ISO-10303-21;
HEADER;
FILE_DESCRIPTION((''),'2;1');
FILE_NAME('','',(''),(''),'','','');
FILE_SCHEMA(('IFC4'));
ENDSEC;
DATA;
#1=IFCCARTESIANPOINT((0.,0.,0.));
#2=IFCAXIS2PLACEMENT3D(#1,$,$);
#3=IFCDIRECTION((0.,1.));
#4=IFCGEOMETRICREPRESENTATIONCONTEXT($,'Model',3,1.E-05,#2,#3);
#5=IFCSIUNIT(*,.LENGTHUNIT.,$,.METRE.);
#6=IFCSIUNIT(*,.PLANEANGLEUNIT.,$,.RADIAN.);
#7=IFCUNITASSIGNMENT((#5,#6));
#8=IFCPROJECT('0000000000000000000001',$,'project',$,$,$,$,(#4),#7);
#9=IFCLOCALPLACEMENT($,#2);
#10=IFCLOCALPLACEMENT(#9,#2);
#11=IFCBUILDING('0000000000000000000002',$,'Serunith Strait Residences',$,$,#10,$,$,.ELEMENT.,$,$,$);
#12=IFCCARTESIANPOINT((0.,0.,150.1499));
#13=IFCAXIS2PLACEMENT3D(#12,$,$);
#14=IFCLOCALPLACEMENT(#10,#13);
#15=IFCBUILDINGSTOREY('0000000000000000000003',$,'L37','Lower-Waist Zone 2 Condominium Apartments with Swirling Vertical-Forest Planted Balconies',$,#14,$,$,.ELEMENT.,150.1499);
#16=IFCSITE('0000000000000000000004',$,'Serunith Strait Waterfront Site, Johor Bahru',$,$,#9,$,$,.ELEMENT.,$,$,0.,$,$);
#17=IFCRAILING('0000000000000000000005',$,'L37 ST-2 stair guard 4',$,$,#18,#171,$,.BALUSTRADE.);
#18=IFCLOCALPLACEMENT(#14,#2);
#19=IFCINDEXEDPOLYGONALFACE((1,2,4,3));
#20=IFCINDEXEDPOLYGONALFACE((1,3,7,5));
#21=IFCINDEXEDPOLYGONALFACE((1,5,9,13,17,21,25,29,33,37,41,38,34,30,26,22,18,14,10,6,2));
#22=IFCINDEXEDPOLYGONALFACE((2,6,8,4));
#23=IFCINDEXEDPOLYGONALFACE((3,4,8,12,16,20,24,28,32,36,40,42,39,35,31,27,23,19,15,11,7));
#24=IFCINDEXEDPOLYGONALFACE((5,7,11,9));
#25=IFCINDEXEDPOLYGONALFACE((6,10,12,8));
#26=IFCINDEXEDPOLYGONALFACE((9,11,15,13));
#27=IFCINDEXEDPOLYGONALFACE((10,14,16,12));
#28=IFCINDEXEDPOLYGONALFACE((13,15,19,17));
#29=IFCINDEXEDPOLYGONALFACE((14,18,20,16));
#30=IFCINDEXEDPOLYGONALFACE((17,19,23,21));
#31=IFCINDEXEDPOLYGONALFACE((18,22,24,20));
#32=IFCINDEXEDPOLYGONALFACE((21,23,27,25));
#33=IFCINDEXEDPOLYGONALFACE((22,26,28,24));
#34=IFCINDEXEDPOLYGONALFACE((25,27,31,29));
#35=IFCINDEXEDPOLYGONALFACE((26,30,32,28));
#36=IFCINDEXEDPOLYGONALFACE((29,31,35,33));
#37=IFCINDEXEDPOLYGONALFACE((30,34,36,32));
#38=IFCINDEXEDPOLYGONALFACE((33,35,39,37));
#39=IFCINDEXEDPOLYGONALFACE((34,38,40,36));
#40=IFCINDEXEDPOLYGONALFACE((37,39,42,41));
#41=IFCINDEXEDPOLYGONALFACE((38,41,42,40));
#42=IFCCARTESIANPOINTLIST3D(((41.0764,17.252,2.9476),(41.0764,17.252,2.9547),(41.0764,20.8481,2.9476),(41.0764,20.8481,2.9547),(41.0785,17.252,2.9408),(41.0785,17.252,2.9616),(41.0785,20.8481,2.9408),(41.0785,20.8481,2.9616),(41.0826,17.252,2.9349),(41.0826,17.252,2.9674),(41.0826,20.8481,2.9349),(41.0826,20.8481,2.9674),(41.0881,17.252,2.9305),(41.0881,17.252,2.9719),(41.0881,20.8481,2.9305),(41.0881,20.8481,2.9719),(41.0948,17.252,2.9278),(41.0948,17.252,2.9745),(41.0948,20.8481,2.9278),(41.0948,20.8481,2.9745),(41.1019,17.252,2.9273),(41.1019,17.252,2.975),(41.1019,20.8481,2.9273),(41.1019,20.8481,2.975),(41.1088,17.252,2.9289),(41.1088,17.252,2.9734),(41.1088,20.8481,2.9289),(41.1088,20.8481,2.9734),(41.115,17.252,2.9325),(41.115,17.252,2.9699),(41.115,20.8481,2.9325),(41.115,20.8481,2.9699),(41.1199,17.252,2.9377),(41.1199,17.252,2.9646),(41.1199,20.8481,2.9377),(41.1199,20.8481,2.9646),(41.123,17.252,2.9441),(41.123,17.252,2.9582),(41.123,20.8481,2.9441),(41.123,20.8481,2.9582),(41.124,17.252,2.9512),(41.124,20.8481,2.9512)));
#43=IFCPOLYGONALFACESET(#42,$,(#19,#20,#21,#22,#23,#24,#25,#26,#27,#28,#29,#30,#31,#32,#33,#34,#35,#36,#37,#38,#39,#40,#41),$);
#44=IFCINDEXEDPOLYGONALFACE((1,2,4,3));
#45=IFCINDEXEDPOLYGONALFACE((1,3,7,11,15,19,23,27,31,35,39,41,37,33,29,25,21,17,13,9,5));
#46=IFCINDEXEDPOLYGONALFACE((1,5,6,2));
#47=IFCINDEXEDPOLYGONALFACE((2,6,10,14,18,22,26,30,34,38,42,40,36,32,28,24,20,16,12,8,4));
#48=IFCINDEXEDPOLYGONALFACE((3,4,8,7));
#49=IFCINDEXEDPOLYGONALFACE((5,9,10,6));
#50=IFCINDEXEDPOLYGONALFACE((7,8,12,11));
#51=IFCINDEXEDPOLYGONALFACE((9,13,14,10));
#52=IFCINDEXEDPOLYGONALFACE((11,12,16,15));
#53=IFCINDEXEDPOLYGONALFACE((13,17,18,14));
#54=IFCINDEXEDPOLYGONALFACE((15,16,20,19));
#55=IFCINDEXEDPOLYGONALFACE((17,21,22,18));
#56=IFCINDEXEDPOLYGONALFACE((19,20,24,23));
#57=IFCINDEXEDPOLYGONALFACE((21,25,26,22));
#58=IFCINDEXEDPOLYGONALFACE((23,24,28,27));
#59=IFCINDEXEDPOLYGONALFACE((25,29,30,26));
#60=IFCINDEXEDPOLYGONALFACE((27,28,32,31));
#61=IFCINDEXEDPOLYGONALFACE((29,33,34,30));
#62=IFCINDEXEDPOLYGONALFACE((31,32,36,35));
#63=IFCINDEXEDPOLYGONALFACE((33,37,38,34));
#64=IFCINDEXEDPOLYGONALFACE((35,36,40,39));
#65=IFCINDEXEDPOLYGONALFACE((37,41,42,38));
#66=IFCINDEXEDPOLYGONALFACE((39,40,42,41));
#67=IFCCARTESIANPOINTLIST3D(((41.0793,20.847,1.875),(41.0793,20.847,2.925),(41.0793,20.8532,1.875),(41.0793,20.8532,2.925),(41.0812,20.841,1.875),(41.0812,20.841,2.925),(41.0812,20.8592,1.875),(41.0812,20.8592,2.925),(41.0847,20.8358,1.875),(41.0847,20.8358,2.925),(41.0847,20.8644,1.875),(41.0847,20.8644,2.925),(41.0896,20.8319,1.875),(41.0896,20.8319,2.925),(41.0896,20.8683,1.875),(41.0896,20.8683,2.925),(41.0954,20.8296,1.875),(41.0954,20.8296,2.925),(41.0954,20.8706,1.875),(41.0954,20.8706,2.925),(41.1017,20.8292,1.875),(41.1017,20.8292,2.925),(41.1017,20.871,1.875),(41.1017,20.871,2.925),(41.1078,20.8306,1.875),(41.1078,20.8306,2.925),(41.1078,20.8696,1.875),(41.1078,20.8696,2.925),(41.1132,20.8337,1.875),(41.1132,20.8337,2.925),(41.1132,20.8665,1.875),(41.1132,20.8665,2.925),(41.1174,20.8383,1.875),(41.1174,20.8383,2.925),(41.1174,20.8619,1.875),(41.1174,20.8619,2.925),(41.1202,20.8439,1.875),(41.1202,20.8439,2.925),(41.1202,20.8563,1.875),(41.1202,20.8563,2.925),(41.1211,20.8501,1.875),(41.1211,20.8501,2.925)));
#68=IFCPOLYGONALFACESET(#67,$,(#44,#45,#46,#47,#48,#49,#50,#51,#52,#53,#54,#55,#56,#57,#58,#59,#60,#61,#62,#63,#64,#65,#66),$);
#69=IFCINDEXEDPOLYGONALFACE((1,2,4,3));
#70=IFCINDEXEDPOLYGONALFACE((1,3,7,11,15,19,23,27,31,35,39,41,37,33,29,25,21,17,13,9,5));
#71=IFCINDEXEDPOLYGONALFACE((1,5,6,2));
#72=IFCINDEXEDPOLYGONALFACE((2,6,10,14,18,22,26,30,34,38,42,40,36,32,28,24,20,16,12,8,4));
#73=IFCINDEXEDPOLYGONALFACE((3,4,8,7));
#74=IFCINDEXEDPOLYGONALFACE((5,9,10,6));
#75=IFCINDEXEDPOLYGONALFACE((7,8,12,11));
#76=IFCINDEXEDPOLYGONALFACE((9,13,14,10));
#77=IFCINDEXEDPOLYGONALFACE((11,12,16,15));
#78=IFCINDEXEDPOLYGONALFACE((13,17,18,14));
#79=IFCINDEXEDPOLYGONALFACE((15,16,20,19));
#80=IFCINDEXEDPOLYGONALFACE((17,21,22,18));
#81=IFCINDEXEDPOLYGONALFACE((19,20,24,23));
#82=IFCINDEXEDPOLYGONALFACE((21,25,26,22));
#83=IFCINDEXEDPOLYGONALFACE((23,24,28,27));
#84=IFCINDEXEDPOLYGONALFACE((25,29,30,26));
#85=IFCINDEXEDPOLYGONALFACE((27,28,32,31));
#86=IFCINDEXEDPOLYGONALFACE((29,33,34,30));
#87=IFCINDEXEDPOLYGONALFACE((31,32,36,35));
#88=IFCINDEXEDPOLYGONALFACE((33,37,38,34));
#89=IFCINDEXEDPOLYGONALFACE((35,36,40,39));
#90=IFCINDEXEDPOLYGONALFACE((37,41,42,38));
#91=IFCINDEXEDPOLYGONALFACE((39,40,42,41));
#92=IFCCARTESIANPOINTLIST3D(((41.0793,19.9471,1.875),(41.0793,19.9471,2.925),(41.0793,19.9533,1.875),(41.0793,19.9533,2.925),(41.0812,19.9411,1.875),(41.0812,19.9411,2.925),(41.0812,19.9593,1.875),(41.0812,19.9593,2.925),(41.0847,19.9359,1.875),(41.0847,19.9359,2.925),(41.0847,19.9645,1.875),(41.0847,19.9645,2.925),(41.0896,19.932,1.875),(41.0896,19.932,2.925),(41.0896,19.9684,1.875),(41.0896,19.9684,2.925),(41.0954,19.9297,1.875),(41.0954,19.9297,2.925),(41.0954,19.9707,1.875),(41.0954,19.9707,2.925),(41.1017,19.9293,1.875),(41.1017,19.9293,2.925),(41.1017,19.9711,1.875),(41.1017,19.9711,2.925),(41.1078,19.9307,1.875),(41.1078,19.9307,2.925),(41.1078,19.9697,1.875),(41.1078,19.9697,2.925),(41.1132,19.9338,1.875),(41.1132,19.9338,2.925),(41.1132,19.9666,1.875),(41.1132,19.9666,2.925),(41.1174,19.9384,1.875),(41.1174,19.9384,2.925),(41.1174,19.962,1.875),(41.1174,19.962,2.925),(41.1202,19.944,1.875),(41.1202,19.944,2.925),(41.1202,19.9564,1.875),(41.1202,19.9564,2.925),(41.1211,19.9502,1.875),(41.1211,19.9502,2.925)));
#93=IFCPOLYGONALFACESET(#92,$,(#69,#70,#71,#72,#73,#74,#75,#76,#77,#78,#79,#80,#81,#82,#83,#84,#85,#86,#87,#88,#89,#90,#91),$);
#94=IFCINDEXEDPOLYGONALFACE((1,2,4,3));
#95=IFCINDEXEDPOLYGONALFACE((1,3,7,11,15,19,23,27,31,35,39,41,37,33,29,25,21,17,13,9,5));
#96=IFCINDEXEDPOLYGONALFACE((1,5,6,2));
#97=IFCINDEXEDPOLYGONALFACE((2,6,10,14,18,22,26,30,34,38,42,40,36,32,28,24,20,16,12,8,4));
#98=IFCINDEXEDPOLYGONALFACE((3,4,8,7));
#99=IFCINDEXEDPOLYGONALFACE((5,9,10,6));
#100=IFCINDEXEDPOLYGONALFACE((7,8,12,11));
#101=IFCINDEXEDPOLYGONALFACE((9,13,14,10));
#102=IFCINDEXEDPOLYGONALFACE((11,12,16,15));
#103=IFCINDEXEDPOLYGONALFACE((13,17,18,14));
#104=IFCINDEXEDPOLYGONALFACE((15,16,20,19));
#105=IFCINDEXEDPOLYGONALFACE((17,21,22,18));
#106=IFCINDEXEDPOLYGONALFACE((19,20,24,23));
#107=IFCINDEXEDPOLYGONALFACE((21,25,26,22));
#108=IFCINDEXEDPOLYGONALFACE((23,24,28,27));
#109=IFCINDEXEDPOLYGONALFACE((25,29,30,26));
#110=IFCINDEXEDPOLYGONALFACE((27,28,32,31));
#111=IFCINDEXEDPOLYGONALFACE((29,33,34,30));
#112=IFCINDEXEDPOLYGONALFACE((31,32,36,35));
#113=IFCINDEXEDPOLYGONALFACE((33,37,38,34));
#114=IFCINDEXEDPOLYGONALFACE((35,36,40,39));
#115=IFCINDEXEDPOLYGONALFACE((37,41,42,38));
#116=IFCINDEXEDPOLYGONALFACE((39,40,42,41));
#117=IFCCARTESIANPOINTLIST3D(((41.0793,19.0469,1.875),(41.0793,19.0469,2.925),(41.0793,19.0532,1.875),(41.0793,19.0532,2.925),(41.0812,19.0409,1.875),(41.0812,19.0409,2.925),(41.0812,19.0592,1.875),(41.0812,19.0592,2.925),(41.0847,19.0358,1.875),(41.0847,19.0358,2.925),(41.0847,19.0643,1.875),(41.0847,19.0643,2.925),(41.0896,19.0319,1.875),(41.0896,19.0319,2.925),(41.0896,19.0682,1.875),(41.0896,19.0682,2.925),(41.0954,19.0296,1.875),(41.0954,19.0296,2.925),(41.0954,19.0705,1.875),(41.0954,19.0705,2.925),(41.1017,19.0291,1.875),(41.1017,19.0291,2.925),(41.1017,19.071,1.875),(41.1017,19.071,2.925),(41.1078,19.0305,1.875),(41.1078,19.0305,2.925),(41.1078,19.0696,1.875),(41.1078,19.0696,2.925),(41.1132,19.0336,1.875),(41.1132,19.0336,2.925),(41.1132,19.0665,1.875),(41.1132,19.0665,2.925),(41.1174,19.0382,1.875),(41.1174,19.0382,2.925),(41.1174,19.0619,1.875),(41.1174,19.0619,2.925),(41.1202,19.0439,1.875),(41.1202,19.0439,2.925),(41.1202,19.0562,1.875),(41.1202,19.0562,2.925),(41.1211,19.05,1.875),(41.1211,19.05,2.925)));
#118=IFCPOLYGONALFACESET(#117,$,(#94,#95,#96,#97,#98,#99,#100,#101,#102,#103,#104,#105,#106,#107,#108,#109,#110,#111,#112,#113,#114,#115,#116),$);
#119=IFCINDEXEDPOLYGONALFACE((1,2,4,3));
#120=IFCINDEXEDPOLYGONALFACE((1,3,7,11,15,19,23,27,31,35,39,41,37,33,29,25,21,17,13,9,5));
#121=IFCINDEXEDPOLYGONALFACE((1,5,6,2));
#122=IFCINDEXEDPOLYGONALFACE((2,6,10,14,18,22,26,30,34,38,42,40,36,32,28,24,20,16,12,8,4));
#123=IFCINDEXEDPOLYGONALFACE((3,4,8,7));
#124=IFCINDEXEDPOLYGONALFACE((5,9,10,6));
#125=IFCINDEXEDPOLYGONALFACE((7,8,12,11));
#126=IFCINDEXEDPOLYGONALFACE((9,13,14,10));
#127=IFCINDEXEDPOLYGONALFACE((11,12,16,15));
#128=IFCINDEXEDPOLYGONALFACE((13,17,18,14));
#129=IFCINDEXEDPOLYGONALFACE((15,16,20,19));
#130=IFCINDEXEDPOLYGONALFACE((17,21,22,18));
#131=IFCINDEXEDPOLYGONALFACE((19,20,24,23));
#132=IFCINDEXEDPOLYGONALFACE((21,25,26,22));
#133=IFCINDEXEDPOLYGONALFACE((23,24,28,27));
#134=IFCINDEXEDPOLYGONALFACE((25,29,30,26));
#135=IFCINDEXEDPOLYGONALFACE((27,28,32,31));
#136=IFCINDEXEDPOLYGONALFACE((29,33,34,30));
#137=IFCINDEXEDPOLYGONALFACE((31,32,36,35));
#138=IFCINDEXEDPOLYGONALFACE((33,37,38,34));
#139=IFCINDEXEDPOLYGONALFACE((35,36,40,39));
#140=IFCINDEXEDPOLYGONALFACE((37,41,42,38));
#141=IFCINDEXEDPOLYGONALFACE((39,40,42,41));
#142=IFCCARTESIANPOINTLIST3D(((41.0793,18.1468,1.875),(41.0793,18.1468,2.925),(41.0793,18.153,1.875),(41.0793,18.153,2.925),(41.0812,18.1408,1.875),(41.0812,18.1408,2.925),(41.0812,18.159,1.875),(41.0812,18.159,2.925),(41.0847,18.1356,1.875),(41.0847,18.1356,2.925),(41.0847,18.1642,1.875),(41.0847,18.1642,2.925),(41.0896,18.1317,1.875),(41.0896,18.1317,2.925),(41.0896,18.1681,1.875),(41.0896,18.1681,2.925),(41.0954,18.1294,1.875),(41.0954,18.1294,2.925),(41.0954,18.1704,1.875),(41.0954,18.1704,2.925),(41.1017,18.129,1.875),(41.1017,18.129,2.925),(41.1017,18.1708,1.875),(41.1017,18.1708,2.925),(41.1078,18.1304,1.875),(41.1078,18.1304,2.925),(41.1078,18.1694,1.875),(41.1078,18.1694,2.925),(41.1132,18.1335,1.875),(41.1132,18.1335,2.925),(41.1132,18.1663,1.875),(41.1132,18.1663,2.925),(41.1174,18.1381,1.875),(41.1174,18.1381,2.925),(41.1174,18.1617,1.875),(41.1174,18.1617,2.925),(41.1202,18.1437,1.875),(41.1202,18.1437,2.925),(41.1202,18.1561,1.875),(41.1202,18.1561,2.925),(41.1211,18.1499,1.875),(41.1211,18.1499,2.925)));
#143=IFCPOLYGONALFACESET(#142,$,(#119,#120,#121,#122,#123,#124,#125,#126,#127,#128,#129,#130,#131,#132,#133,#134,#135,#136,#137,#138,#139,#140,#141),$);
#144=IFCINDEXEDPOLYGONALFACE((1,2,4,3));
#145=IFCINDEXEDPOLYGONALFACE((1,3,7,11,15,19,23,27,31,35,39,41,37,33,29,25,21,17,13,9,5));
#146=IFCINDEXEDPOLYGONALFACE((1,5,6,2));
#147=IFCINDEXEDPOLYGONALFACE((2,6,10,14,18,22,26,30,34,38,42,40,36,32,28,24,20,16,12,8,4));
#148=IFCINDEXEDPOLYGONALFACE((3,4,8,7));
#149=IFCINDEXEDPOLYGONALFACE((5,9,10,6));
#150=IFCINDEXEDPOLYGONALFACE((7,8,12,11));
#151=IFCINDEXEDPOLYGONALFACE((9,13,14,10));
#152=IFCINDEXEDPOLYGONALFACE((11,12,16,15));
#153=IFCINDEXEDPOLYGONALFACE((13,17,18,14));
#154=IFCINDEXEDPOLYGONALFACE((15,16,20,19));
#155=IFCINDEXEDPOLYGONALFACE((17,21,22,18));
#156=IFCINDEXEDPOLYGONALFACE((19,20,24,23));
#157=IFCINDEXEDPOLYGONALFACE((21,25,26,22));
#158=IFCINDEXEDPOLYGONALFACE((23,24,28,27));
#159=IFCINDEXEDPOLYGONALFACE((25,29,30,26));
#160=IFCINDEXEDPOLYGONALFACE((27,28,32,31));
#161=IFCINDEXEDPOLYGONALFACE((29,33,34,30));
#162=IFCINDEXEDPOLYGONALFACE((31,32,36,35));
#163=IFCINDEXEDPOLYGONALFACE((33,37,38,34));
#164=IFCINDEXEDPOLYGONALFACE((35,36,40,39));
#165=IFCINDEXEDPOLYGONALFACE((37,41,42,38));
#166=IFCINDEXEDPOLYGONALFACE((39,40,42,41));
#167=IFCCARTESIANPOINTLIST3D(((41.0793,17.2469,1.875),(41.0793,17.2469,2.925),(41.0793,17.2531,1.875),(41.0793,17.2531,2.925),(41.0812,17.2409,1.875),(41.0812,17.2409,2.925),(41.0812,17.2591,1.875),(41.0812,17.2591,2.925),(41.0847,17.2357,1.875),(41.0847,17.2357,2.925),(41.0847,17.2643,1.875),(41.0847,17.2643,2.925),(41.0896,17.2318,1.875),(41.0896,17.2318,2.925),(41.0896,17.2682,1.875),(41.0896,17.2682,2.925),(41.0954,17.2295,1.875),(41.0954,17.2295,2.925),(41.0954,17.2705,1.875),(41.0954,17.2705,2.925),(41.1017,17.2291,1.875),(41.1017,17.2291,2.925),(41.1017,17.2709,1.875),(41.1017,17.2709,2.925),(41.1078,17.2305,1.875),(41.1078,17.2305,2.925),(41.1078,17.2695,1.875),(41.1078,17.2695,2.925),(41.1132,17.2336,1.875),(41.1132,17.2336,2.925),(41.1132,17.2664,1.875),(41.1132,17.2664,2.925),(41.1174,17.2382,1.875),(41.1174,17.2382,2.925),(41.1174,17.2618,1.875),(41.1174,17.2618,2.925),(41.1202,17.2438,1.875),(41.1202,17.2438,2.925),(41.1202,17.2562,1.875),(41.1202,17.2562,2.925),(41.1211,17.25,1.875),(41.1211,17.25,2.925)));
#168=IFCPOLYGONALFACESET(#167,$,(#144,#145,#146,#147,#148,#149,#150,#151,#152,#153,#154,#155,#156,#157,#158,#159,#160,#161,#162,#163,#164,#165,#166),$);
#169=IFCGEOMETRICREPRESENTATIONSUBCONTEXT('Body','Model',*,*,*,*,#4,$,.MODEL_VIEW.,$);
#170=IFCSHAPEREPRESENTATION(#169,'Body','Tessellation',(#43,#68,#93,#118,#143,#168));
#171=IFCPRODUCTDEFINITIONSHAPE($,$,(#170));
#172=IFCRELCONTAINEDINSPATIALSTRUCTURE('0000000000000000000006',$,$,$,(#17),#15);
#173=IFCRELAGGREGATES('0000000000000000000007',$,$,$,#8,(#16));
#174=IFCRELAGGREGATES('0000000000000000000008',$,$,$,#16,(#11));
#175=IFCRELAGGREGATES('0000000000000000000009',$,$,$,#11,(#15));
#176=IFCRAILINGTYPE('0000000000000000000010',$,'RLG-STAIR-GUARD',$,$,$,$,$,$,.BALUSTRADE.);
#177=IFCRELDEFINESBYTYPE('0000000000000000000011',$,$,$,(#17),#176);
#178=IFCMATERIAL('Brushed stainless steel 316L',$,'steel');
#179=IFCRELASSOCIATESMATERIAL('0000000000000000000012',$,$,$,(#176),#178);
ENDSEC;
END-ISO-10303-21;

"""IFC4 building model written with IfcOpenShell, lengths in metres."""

from ifc_helpers import new_model, si_unit, direction, frame, origin, origin_2d, place, context, subcontext, project, spatial, circle, extrude, material, type_object, element, save


model = new_model("IFC4")

# Units and contexts
model_context = context("Model", 3, precision=1e-05, world=origin(), true_north=direction((0.0, 1.0)))
body_context = subcontext(model_context, "Body", "Model", "MODEL_VIEW")
ifc_project = project(units=[si_unit("LENGTHUNIT", "METRE"), si_unit("PLANEANGLEUNIT", "RADIAN")], contexts=[model_context])

# Site, building, storey
site_placement = place(None, origin())
site = spatial("IfcSite", under=ifc_project, at=site_placement, Name="Serunith Strait Waterfront Site, Johor Bahru", CompositionType="ELEMENT", RefElevation=0.0)
building_placement = place(site_placement, origin())
building = spatial("IfcBuilding", under=site, at=building_placement, Name="Serunith Strait Residences", CompositionType="ELEMENT")
storey_placement = place(building_placement, frame((0.0, 0.0, 150.1499)))
storey = spatial("IfcBuildingStorey", under=building, at=storey_placement, Name="L37", Description="Lower-Waist Zone 2 Condominium Apartments with Swirling Vertical-Forest Planted Balconies", CompositionType="ELEMENT", Elevation=150.1499)

# Railing
ifc_material_1 = material(Name="Brushed stainless steel 316L", Category="steel")
railing_type_1 = type_object("IfcRailingType", Name="RLG-STAIR-GUARD", PredefinedType="BALUSTRADE", material=ifc_material_1)
for number, where, name in (
    (1, (41.1001, 20.8501, 1.875), "L37 ST-2 stair guard 4"),
):
    element("IfcRailing", number, at=place(storey_placement, frame(where)), inside=storey, type_object=railing_type_1, Name=name, PredefinedType="BALUSTRADE", context=body_context, shape_type="SweptSolid", body=[
        extrude(circle(Radius=0.0239, at=origin_2d()), frame((0.0, -0.002, 1.0762), z_axis=(0.0, -1.0, 0.0), x_axis=(1.0, 0.0, 0.0)), (0.0, 0.0, 1.0), 3.5962),
        extrude(circle(Radius=0.021, at=origin_2d()), origin(), (0.0, 0.0, 1.0), 1.05),
        extrude(circle(Radius=0.021, at=origin_2d()), frame((0.0, -0.8999, 0.0)), (0.0, 0.0, 1.0), 1.05),
        extrude(circle(Radius=0.021, at=origin_2d()), frame((0.0, -1.8, 0.0)), (0.0, 0.0, 1.0), 1.05),
        extrude(circle(Radius=0.021, at=origin_2d()), frame((0.0, -2.7002, 0.0)), (0.0, 0.0, 1.0), 1.05),
        extrude(circle(Radius=0.021, at=origin_2d()), frame((0.0, -3.6001, 0.0)), (0.0, 0.0, 1.0), 1.05),
    ])

save(model, "model.ifc")
